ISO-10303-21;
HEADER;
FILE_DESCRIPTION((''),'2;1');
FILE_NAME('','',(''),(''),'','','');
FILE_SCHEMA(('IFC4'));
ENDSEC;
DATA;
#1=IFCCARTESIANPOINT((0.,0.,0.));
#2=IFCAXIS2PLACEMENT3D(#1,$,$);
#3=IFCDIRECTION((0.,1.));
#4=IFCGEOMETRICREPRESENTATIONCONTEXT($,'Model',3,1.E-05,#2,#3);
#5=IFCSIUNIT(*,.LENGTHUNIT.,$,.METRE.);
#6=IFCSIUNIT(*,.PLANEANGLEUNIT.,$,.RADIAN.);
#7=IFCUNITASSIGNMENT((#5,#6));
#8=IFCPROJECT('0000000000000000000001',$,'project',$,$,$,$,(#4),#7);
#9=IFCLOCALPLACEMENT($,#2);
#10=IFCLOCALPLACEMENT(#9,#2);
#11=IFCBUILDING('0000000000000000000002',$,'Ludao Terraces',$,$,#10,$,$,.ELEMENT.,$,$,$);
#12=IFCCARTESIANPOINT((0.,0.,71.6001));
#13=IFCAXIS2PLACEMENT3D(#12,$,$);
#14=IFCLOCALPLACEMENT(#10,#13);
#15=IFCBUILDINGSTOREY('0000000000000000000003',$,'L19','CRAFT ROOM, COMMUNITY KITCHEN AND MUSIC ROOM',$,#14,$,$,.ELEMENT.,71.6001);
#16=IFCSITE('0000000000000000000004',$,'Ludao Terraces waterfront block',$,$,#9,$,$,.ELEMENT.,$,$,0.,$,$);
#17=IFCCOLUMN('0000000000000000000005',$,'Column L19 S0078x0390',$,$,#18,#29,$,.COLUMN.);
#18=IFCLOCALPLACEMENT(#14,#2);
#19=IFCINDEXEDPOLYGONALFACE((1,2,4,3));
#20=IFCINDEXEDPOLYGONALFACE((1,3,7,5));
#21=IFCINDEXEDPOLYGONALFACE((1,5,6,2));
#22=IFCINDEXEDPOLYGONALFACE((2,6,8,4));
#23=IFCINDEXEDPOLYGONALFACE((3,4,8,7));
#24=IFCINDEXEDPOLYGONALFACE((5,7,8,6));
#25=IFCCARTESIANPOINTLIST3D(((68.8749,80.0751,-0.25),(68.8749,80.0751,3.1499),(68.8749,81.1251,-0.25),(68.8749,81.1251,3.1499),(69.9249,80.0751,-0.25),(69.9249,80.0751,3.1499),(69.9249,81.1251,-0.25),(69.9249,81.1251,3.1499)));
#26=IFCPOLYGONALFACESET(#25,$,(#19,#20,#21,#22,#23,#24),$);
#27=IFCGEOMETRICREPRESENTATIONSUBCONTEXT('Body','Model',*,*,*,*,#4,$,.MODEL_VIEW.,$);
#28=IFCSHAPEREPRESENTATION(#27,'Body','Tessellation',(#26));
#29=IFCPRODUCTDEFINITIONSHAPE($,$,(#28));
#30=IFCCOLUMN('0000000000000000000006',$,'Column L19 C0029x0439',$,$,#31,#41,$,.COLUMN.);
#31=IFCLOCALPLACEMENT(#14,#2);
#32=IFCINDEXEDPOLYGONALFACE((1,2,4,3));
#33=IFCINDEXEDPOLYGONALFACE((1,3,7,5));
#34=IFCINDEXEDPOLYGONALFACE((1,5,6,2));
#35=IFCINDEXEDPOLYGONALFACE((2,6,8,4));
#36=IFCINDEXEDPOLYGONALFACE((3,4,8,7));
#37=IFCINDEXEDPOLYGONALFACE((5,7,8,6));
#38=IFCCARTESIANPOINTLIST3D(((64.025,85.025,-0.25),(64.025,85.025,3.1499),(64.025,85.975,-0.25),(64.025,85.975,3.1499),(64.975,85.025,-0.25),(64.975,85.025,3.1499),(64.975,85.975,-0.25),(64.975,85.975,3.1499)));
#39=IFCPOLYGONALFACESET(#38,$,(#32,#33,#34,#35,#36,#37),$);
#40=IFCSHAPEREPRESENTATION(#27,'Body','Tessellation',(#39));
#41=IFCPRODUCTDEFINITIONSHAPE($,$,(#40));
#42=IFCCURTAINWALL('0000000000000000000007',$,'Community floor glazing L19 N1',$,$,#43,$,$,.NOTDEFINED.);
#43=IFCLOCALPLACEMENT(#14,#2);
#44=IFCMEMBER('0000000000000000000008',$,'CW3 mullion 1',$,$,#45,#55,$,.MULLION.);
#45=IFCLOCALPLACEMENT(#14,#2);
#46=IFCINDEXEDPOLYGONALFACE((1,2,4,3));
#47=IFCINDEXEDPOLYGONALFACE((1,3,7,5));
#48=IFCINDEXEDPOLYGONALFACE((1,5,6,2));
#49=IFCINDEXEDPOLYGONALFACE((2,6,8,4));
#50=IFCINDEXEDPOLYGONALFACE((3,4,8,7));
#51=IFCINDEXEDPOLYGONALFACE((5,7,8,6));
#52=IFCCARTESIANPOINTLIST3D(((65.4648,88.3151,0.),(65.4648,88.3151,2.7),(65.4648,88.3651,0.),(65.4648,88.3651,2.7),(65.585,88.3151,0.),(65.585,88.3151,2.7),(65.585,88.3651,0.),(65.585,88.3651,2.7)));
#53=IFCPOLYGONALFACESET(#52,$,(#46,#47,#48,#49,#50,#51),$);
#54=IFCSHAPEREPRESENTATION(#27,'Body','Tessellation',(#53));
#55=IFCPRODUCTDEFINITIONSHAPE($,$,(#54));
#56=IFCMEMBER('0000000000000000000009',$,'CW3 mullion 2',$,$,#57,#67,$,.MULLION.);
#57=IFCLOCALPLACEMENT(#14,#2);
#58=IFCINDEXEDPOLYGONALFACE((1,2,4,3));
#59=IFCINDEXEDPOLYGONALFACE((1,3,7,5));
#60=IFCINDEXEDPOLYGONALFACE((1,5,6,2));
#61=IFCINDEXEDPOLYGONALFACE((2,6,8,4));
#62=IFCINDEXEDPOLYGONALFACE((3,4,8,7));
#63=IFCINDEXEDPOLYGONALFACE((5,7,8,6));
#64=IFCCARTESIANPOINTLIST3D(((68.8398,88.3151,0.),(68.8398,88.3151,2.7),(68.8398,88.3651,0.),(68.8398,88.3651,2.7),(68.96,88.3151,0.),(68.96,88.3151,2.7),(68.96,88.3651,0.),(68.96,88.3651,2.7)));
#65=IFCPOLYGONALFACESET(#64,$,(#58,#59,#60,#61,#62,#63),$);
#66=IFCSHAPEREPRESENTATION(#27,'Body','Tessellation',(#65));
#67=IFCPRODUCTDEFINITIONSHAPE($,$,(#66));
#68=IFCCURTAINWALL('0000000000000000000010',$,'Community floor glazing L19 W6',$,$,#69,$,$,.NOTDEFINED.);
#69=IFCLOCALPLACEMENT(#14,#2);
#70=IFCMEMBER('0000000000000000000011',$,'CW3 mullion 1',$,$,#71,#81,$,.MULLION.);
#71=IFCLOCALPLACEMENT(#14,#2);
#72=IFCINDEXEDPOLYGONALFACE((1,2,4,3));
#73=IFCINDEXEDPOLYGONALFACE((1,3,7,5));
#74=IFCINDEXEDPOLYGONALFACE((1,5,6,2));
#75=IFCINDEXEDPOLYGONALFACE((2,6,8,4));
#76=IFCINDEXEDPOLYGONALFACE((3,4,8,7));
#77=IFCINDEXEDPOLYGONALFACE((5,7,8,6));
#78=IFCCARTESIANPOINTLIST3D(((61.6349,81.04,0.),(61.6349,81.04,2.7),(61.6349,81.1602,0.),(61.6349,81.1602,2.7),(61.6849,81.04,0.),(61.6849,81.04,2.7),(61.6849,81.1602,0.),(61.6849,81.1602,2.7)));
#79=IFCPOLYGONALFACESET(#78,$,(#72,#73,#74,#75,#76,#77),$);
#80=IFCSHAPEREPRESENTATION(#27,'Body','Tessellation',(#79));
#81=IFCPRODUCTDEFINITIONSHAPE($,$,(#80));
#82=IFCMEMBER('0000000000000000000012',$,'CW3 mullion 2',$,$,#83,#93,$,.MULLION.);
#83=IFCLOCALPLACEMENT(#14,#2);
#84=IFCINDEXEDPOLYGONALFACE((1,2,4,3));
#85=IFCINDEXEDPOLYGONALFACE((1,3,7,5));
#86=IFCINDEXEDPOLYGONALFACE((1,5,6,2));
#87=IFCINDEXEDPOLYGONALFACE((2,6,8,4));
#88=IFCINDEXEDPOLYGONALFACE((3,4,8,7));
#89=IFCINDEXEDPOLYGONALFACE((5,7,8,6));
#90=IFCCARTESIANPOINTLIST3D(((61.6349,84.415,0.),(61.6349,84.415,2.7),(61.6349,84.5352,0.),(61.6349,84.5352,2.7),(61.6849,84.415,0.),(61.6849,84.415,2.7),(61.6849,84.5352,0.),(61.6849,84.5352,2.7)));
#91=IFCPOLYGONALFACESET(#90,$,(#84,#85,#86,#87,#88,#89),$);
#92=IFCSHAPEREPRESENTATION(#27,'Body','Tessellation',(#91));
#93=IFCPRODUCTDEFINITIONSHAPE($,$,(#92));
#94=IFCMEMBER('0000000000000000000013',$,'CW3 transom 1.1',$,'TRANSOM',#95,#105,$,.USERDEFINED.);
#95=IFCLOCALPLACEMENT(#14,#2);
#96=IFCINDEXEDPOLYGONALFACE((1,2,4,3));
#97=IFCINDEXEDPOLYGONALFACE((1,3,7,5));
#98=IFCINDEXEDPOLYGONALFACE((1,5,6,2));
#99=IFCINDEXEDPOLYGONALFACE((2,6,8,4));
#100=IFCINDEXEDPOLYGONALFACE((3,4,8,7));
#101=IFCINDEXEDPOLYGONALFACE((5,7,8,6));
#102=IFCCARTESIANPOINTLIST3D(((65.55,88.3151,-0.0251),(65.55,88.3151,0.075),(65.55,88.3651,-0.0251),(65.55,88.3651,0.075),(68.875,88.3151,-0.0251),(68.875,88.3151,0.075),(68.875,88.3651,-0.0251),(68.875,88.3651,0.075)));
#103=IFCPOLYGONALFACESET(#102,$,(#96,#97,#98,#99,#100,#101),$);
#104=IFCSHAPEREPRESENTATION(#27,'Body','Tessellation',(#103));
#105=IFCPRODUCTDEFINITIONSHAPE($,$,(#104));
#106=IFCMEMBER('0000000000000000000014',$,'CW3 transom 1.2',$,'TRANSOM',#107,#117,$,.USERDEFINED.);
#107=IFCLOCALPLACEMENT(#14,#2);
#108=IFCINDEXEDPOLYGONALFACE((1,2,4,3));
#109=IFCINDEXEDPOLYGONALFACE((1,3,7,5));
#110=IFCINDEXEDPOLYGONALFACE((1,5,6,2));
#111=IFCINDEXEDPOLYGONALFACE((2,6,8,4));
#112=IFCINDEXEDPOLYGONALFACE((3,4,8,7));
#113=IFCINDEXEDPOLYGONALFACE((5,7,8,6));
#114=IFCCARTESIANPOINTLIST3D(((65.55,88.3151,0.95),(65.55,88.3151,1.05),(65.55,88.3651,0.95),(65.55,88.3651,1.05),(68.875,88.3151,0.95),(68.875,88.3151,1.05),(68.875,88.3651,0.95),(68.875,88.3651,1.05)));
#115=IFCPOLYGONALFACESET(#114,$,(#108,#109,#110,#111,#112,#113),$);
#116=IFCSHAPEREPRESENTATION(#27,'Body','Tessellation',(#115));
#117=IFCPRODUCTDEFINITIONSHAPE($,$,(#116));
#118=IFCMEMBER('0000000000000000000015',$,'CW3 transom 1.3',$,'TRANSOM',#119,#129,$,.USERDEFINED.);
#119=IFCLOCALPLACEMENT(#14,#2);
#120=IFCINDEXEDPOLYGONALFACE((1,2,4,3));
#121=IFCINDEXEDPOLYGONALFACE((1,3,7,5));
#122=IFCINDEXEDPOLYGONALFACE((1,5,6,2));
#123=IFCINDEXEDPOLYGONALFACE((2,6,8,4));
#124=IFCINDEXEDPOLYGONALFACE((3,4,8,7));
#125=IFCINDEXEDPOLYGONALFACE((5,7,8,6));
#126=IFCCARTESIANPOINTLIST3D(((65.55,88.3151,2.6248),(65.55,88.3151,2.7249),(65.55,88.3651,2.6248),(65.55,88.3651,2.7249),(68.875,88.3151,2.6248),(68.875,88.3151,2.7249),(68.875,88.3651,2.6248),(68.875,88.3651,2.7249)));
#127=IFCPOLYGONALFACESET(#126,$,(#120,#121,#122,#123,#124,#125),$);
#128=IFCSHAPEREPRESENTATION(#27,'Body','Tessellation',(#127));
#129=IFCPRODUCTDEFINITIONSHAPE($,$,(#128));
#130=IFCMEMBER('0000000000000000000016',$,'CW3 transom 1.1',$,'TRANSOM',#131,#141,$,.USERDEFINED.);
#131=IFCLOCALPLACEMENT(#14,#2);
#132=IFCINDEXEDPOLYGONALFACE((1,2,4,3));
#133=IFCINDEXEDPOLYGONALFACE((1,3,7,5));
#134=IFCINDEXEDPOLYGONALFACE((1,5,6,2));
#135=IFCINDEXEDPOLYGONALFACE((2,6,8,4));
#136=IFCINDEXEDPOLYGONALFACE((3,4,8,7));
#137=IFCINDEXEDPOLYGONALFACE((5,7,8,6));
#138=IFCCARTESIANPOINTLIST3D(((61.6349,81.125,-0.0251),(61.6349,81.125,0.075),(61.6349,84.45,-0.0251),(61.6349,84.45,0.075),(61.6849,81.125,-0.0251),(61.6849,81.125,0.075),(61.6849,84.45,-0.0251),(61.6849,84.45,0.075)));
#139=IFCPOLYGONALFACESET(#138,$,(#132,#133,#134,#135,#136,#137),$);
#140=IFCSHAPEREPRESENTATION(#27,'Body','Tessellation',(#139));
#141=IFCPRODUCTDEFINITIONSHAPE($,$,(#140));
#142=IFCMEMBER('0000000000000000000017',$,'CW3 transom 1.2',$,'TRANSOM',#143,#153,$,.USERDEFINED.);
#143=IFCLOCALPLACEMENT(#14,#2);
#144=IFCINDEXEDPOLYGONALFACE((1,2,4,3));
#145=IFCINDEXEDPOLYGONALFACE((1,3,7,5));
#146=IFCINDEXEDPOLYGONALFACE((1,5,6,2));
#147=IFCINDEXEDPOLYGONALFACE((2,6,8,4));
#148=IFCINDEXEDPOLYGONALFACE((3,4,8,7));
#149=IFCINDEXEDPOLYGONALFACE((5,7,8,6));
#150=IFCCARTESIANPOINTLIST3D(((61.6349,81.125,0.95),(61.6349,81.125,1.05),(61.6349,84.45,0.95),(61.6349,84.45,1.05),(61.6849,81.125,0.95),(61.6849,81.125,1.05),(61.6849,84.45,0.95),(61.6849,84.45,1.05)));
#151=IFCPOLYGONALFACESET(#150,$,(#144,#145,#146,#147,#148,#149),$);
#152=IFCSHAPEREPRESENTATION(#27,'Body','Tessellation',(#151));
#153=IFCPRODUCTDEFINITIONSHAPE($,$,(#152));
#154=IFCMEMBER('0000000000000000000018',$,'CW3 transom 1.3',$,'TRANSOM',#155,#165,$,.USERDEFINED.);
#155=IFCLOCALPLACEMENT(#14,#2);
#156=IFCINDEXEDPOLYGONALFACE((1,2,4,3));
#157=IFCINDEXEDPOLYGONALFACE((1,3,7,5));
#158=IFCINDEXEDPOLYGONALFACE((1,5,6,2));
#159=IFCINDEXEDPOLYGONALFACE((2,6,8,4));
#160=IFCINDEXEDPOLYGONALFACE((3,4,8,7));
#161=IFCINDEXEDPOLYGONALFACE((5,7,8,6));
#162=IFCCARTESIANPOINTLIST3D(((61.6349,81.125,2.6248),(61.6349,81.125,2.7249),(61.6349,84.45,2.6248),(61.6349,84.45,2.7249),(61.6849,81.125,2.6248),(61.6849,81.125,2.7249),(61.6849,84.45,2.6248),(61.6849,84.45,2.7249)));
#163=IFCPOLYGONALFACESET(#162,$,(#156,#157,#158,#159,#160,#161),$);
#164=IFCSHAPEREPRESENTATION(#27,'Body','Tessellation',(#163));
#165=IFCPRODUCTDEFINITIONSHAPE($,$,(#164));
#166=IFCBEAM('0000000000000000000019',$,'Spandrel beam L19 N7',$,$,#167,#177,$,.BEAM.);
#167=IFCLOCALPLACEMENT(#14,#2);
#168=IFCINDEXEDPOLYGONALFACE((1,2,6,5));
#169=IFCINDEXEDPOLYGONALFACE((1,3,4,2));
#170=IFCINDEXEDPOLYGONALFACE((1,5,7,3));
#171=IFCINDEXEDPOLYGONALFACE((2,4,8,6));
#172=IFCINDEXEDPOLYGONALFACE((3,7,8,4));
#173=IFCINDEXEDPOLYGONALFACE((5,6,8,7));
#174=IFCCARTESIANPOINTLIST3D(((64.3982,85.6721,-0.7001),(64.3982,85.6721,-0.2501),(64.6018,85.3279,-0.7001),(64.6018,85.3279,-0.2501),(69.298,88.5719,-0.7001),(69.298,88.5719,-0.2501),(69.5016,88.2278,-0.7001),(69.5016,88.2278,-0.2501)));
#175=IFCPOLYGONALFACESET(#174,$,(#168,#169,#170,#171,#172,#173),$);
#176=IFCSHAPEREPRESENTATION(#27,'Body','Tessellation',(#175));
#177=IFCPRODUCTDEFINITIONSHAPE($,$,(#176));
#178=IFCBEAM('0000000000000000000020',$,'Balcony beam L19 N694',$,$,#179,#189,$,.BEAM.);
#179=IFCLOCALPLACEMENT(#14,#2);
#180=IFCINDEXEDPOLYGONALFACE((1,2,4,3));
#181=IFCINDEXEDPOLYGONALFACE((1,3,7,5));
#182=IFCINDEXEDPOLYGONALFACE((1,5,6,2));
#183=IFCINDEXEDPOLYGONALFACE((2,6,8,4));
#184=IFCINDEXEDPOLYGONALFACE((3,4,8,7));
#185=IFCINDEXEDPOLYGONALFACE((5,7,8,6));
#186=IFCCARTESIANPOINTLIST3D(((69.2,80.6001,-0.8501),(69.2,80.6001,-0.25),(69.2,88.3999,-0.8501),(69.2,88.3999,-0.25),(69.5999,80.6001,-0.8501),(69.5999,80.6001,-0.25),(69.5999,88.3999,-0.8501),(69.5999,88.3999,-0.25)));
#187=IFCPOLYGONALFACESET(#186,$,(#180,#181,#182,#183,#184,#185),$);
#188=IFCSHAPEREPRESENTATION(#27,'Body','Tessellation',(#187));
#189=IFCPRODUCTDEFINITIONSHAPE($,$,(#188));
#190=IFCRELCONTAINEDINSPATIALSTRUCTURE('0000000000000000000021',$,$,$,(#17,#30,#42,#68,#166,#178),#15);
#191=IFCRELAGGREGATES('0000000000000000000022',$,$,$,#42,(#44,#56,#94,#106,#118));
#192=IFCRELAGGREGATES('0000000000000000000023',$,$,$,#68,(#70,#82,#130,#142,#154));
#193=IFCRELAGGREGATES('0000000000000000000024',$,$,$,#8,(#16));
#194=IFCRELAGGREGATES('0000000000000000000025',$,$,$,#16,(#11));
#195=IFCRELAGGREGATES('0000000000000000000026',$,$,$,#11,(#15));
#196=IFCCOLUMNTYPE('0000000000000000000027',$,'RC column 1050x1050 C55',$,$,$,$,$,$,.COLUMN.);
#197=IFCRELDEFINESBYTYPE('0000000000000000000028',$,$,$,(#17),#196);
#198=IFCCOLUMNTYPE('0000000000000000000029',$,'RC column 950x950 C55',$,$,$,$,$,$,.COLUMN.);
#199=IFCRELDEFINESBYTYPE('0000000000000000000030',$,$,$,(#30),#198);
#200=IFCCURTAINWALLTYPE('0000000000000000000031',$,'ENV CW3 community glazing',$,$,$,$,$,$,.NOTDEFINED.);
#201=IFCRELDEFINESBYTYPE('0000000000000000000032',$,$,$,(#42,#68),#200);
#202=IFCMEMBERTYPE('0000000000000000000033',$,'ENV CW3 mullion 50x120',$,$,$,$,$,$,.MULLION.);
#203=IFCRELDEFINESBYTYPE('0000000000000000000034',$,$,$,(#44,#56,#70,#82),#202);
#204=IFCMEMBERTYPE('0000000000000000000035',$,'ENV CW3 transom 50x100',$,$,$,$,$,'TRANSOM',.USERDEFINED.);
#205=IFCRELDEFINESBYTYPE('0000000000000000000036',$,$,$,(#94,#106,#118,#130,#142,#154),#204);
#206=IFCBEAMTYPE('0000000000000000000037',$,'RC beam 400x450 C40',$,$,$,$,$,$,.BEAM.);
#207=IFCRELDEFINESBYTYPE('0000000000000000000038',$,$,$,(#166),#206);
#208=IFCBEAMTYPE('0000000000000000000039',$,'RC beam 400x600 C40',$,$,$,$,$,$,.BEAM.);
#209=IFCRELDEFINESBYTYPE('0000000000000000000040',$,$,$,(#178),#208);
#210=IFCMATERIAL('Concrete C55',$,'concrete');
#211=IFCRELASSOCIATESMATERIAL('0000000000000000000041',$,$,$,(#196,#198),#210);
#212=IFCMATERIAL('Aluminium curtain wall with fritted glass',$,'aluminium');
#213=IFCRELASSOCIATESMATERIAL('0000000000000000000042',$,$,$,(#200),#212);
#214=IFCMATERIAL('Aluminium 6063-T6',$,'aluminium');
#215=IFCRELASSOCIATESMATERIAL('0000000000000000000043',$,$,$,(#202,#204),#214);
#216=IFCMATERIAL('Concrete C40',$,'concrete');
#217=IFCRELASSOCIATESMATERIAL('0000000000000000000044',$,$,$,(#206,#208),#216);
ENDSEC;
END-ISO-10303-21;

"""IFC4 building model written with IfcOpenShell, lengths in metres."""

from ifc_helpers import new_model, si_unit, direction, frame, origin, origin_2d, place, context, subcontext, project, spatial, rectangle, extrude, material, material_profile, profile_set, type_object, element, aggregate, save


model = new_model("IFC4")

# Units and contexts
model_context = context("Model", 3, precision=1e-05, world=origin(), true_north=direction((0.0, 1.0)))
body_context = subcontext(model_context, "Body", "Model", "MODEL_VIEW")
ifc_project = project(units=[si_unit("LENGTHUNIT", "METRE"), si_unit("PLANEANGLEUNIT", "RADIAN")], contexts=[model_context])

# Site, building, storey
site_placement = place(None, origin())
site = spatial("IfcSite", under=ifc_project, at=site_placement, Name="Ludao Terraces waterfront block", CompositionType="ELEMENT", RefElevation=0.0)
building_placement = place(site_placement, origin())
building = spatial("IfcBuilding", under=site, at=building_placement, Name="Ludao Terraces", CompositionType="ELEMENT")
storey_placement = place(building_placement, frame((0.0, 0.0, 71.6001)))
storey = spatial("IfcBuildingStorey", under=building, at=storey_placement, Name="L19", Description="CRAFT ROOM, COMMUNITY KITCHEN AND MUSIC ROOM", CompositionType="ELEMENT", Elevation=71.6001)

# Columns
ifc_material_1 = material(Name="Concrete C55", Category="concrete")
ifc_material_profile_1 = material_profile(ifc_material_1, rectangle(XDim=1.05, YDim=1.05, at=origin_2d()), Name="1050 X 1050")
ifc_profile_set_1 = profile_set([ifc_material_profile_1], Name="Concrete C55")
column_type_1 = type_object("IfcColumnType", Name="RC column 1050x1050 C55", PredefinedType="COLUMN", material=ifc_profile_set_1)
column_1_placement = place(storey_placement, frame((69.3999, 80.6001, -0.25), z_axis=(0.0, 0.0, 1.0), x_axis=(1.0, 0.0, 0.0)))
element("IfcColumn", 1, at=column_1_placement, inside=storey, type_object=column_type_1, Name="Column L19 S0078x0390", PredefinedType="COLUMN", context=body_context, shape_type="SweptSolid", body=[
    extrude(rectangle(XDim=1.05, YDim=1.05, at=origin_2d()), origin(), (0.0, 0.0, 1.0), 3.3999),
])
ifc_material_profile_2 = material_profile(ifc_material_1, rectangle(XDim=0.95, YDim=0.95, at=origin_2d()), Name="950 X 950")
ifc_profile_set_2 = profile_set([ifc_material_profile_2], Name="Concrete C55")
column_type_2 = type_object("IfcColumnType", Name="RC column 950x950 C55", PredefinedType="COLUMN", material=ifc_profile_set_2)
column_2_placement = place(storey_placement, frame((64.5, 85.5, -0.25), z_axis=(0.0, 0.0, 1.0), x_axis=(1.0, 0.0, 0.0)))
element("IfcColumn", 2, at=column_2_placement, inside=storey, type_object=column_type_2, Name="Column L19 C0029x0439", PredefinedType="COLUMN", context=body_context, shape_type="SweptSolid", body=[
    extrude(rectangle(XDim=0.95, YDim=0.95, at=origin_2d()), origin(), (0.0, 0.0, 1.0), 3.3999),
])

# Curtain walls, members
ifc_material_2 = material(Name="Aluminium curtain wall with fritted glass", Category="aluminium")
curtain_wall_type = type_object("IfcCurtainWallType", Name="ENV CW3 community glazing", PredefinedType="NOTDEFINED", material=ifc_material_2)
curtain_wall_1_placement = place(storey_placement, origin())
curtain_wall_1 = element("IfcCurtainWall", 3, at=curtain_wall_1_placement, inside=storey, type_object=curtain_wall_type, Name="Community floor glazing L19 N1", PredefinedType="NOTDEFINED")
ifc_material_3 = material(Name="Aluminium 6063-T6", Category="aluminium")
ifc_material_profile_3 = material_profile(ifc_material_3, rectangle(XDim=0.05, YDim=0.1201, at=origin_2d()), Name="50 X 120")
ifc_profile_set_3 = profile_set([ifc_material_profile_3], Name="Aluminium 6063-T6")
member_type_1 = type_object("IfcMemberType", Name="ENV CW3 mullion 50x120", PredefinedType="MULLION", material=ifc_profile_set_3)
member_1_placement = place(storey_placement, frame((65.5249, 88.3401, 0.0), z_axis=(0.0, 0.0, 1.0), x_axis=(0.0, 1.0, 0.0)))
member_1 = element("IfcMember", 4, at=member_1_placement, type_object=member_type_1, Name="CW3 mullion 1", PredefinedType="MULLION", context=body_context, shape_type="SweptSolid", body=[
    extrude(rectangle(XDim=0.05, YDim=0.1201, at=origin_2d()), origin(), (0.0, 0.0, 1.0), 2.7),
])
member_2_placement = place(storey_placement, frame((68.8999, 88.3401, 0.0), z_axis=(0.0, 0.0, 1.0), x_axis=(0.0, 1.0, 0.0)))
member_2 = element("IfcMember", 5, at=member_2_placement, type_object=member_type_1, Name="CW3 mullion 2", PredefinedType="MULLION", context=body_context, shape_type="SweptSolid", body=[
    extrude(rectangle(XDim=0.05, YDim=0.1201, at=origin_2d()), origin(), (0.0, 0.0, 1.0), 2.7),
])
curtain_wall_2_placement = place(storey_placement, origin())
curtain_wall_2 = element("IfcCurtainWall", 6, at=curtain_wall_2_placement, inside=storey, type_object=curtain_wall_type, Name="Community floor glazing L19 W6", PredefinedType="NOTDEFINED")
member_3_placement = place(storey_placement, frame((61.6599, 81.1001, 0.0), z_axis=(0.0, 0.0, 1.0), x_axis=(-1.0, 0.0, 0.0)))
member_3 = element("IfcMember", 7, at=member_3_placement, type_object=member_type_1, Name="CW3 mullion 1", PredefinedType="MULLION", context=body_context, shape_type="SweptSolid", body=[
    extrude(rectangle(XDim=0.05, YDim=0.1201, at=origin_2d()), origin(), (0.0, 0.0, 1.0), 2.7),
])
member_4_placement = place(storey_placement, frame((61.6599, 84.4751, 0.0), z_axis=(0.0, 0.0, 1.0), x_axis=(-1.0, 0.0, 0.0)))
member_4 = element("IfcMember", 8, at=member_4_placement, type_object=member_type_1, Name="CW3 mullion 2", PredefinedType="MULLION", context=body_context, shape_type="SweptSolid", body=[
    extrude(rectangle(XDim=0.05, YDim=0.1201, at=origin_2d()), origin(), (0.0, 0.0, 1.0), 2.7),
])

# Members
ifc_material_profile_4 = material_profile(ifc_material_3, rectangle(XDim=0.05, YDim=0.1001, at=origin_2d()), Name="50 X 100")
ifc_profile_set_4 = profile_set([ifc_material_profile_4], Name="Aluminium 6063-T6")
member_type_2 = type_object("IfcMemberType", Name="ENV CW3 transom 50x100", ElementType="TRANSOM", PredefinedType="USERDEFINED", material=ifc_profile_set_4)
member_5_placement = place(storey_placement, frame((65.55, 88.3401, 0.0249), z_axis=(1.0, 0.0, 0.0), x_axis=(0.0, 1.0, 0.0)))
member_5 = element("IfcMember", 9, at=member_5_placement, type_object=member_type_2, Name="CW3 transom 1.1", ObjectType="TRANSOM", PredefinedType="USERDEFINED", context=body_context, shape_type="SweptSolid", body=[
    extrude(rectangle(XDim=0.05, YDim=0.1001, at=origin_2d()), origin(), (0.0, 0.0, 1.0), 3.325),
])
member_6_placement = place(storey_placement, frame((65.55, 88.3401, 1.0), z_axis=(1.0, 0.0, 0.0), x_axis=(0.0, 1.0, 0.0)))
member_6 = element("IfcMember", 10, at=member_6_placement, type_object=member_type_2, Name="CW3 transom 1.2", ObjectType="TRANSOM", PredefinedType="USERDEFINED", context=body_context, shape_type="SweptSolid", body=[
    extrude(rectangle(XDim=0.05, YDim=0.1001, at=origin_2d()), origin(), (0.0, 0.0, 1.0), 3.325),
])
member_7_placement = place(storey_placement, frame((65.55, 88.3401, 2.6748), z_axis=(1.0, 0.0, 0.0), x_axis=(0.0, 1.0, 0.0)))
member_7 = element("IfcMember", 11, at=member_7_placement, type_object=member_type_2, Name="CW3 transom 1.3", ObjectType="TRANSOM", PredefinedType="USERDEFINED", context=body_context, shape_type="SweptSolid", body=[
    extrude(rectangle(XDim=0.05, YDim=0.1001, at=origin_2d()), origin(), (0.0, 0.0, 1.0), 3.325),
])
member_8_placement = place(storey_placement, frame((61.6599, 81.125, 0.0249), z_axis=(0.0, 1.0, 0.0), x_axis=(-1.0, 0.0, 0.0)))
member_8 = element("IfcMember", 12, at=member_8_placement, type_object=member_type_2, Name="CW3 transom 1.1", ObjectType="TRANSOM", PredefinedType="USERDEFINED", context=body_context, shape_type="SweptSolid", body=[
    extrude(rectangle(XDim=0.05, YDim=0.1001, at=origin_2d()), origin(), (0.0, 0.0, 1.0), 3.325),
])
member_9_placement = place(storey_placement, frame((61.6599, 81.125, 1.0), z_axis=(0.0, 1.0, 0.0), x_axis=(-1.0, 0.0, 0.0)))
member_9 = element("IfcMember", 13, at=member_9_placement, type_object=member_type_2, Name="CW3 transom 1.2", ObjectType="TRANSOM", PredefinedType="USERDEFINED", context=body_context, shape_type="SweptSolid", body=[
    extrude(rectangle(XDim=0.05, YDim=0.1001, at=origin_2d()), origin(), (0.0, 0.0, 1.0), 3.325),
])
member_10_placement = place(storey_placement, frame((61.6599, 81.125, 2.6748), z_axis=(0.0, 1.0, 0.0), x_axis=(-1.0, 0.0, 0.0)))
member_10 = element("IfcMember", 14, at=member_10_placement, type_object=member_type_2, Name="CW3 transom 1.3", ObjectType="TRANSOM", PredefinedType="USERDEFINED", context=body_context, shape_type="SweptSolid", body=[
    extrude(rectangle(XDim=0.05, YDim=0.1001, at=origin_2d()), origin(), (0.0, 0.0, 1.0), 3.325),
])

# Beams
ifc_material_4 = material(Name="Concrete C40", Category="concrete")
ifc_material_profile_5 = material_profile(ifc_material_4, rectangle(XDim=0.3999, YDim=0.45, at=origin_2d()), Name="400 X 450")
ifc_profile_set_5 = profile_set([ifc_material_profile_5], Name="Concrete C40")
beam_type_1 = type_object("IfcBeamType", Name="RC beam 400x450 C40", PredefinedType="BEAM", material=ifc_profile_set_5)
beam_1_placement = place(storey_placement, frame((64.5, 85.5, -0.4751), z_axis=(0.86058, 0.509316, 0.0), x_axis=(-0.509316, 0.86058, 0.0)))
element("IfcBeam", 15, at=beam_1_placement, inside=storey, type_object=beam_type_1, Name="Spandrel beam L19 N7", PredefinedType="BEAM", context=body_context, shape_type="SweptSolid", body=[
    extrude(rectangle(XDim=0.3999, YDim=0.45, at=origin_2d()), origin(), (0.0, 0.0, 1.0), 5.6936),
])
ifc_material_profile_6 = material_profile(ifc_material_4, rectangle(XDim=0.3999, YDim=0.6001, at=origin_2d()), Name="400 X 600")
ifc_profile_set_6 = profile_set([ifc_material_profile_6], Name="Concrete C40")
beam_type_2 = type_object("IfcBeamType", Name="RC beam 400x600 C40", PredefinedType="BEAM", material=ifc_profile_set_6)
beam_2_placement = place(storey_placement, frame((69.3999, 80.6001, -0.55), z_axis=(0.0, 1.0, 0.0), x_axis=(-1.0, 0.0, 0.0)))
element("IfcBeam", 16, at=beam_2_placement, inside=storey, type_object=beam_type_2, Name="Balcony beam L19 N694", PredefinedType="BEAM", context=body_context, shape_type="SweptSolid", body=[
    extrude(rectangle(XDim=0.3999, YDim=0.6001, at=origin_2d()), origin(), (0.0, 0.0, 1.0), 7.7998),
])

aggregate(curtain_wall_1, [member_1, member_2, member_5, member_6, member_7])
aggregate(curtain_wall_2, [member_3, member_4, member_8, member_9, member_10])

save(model, "model.ifc")
